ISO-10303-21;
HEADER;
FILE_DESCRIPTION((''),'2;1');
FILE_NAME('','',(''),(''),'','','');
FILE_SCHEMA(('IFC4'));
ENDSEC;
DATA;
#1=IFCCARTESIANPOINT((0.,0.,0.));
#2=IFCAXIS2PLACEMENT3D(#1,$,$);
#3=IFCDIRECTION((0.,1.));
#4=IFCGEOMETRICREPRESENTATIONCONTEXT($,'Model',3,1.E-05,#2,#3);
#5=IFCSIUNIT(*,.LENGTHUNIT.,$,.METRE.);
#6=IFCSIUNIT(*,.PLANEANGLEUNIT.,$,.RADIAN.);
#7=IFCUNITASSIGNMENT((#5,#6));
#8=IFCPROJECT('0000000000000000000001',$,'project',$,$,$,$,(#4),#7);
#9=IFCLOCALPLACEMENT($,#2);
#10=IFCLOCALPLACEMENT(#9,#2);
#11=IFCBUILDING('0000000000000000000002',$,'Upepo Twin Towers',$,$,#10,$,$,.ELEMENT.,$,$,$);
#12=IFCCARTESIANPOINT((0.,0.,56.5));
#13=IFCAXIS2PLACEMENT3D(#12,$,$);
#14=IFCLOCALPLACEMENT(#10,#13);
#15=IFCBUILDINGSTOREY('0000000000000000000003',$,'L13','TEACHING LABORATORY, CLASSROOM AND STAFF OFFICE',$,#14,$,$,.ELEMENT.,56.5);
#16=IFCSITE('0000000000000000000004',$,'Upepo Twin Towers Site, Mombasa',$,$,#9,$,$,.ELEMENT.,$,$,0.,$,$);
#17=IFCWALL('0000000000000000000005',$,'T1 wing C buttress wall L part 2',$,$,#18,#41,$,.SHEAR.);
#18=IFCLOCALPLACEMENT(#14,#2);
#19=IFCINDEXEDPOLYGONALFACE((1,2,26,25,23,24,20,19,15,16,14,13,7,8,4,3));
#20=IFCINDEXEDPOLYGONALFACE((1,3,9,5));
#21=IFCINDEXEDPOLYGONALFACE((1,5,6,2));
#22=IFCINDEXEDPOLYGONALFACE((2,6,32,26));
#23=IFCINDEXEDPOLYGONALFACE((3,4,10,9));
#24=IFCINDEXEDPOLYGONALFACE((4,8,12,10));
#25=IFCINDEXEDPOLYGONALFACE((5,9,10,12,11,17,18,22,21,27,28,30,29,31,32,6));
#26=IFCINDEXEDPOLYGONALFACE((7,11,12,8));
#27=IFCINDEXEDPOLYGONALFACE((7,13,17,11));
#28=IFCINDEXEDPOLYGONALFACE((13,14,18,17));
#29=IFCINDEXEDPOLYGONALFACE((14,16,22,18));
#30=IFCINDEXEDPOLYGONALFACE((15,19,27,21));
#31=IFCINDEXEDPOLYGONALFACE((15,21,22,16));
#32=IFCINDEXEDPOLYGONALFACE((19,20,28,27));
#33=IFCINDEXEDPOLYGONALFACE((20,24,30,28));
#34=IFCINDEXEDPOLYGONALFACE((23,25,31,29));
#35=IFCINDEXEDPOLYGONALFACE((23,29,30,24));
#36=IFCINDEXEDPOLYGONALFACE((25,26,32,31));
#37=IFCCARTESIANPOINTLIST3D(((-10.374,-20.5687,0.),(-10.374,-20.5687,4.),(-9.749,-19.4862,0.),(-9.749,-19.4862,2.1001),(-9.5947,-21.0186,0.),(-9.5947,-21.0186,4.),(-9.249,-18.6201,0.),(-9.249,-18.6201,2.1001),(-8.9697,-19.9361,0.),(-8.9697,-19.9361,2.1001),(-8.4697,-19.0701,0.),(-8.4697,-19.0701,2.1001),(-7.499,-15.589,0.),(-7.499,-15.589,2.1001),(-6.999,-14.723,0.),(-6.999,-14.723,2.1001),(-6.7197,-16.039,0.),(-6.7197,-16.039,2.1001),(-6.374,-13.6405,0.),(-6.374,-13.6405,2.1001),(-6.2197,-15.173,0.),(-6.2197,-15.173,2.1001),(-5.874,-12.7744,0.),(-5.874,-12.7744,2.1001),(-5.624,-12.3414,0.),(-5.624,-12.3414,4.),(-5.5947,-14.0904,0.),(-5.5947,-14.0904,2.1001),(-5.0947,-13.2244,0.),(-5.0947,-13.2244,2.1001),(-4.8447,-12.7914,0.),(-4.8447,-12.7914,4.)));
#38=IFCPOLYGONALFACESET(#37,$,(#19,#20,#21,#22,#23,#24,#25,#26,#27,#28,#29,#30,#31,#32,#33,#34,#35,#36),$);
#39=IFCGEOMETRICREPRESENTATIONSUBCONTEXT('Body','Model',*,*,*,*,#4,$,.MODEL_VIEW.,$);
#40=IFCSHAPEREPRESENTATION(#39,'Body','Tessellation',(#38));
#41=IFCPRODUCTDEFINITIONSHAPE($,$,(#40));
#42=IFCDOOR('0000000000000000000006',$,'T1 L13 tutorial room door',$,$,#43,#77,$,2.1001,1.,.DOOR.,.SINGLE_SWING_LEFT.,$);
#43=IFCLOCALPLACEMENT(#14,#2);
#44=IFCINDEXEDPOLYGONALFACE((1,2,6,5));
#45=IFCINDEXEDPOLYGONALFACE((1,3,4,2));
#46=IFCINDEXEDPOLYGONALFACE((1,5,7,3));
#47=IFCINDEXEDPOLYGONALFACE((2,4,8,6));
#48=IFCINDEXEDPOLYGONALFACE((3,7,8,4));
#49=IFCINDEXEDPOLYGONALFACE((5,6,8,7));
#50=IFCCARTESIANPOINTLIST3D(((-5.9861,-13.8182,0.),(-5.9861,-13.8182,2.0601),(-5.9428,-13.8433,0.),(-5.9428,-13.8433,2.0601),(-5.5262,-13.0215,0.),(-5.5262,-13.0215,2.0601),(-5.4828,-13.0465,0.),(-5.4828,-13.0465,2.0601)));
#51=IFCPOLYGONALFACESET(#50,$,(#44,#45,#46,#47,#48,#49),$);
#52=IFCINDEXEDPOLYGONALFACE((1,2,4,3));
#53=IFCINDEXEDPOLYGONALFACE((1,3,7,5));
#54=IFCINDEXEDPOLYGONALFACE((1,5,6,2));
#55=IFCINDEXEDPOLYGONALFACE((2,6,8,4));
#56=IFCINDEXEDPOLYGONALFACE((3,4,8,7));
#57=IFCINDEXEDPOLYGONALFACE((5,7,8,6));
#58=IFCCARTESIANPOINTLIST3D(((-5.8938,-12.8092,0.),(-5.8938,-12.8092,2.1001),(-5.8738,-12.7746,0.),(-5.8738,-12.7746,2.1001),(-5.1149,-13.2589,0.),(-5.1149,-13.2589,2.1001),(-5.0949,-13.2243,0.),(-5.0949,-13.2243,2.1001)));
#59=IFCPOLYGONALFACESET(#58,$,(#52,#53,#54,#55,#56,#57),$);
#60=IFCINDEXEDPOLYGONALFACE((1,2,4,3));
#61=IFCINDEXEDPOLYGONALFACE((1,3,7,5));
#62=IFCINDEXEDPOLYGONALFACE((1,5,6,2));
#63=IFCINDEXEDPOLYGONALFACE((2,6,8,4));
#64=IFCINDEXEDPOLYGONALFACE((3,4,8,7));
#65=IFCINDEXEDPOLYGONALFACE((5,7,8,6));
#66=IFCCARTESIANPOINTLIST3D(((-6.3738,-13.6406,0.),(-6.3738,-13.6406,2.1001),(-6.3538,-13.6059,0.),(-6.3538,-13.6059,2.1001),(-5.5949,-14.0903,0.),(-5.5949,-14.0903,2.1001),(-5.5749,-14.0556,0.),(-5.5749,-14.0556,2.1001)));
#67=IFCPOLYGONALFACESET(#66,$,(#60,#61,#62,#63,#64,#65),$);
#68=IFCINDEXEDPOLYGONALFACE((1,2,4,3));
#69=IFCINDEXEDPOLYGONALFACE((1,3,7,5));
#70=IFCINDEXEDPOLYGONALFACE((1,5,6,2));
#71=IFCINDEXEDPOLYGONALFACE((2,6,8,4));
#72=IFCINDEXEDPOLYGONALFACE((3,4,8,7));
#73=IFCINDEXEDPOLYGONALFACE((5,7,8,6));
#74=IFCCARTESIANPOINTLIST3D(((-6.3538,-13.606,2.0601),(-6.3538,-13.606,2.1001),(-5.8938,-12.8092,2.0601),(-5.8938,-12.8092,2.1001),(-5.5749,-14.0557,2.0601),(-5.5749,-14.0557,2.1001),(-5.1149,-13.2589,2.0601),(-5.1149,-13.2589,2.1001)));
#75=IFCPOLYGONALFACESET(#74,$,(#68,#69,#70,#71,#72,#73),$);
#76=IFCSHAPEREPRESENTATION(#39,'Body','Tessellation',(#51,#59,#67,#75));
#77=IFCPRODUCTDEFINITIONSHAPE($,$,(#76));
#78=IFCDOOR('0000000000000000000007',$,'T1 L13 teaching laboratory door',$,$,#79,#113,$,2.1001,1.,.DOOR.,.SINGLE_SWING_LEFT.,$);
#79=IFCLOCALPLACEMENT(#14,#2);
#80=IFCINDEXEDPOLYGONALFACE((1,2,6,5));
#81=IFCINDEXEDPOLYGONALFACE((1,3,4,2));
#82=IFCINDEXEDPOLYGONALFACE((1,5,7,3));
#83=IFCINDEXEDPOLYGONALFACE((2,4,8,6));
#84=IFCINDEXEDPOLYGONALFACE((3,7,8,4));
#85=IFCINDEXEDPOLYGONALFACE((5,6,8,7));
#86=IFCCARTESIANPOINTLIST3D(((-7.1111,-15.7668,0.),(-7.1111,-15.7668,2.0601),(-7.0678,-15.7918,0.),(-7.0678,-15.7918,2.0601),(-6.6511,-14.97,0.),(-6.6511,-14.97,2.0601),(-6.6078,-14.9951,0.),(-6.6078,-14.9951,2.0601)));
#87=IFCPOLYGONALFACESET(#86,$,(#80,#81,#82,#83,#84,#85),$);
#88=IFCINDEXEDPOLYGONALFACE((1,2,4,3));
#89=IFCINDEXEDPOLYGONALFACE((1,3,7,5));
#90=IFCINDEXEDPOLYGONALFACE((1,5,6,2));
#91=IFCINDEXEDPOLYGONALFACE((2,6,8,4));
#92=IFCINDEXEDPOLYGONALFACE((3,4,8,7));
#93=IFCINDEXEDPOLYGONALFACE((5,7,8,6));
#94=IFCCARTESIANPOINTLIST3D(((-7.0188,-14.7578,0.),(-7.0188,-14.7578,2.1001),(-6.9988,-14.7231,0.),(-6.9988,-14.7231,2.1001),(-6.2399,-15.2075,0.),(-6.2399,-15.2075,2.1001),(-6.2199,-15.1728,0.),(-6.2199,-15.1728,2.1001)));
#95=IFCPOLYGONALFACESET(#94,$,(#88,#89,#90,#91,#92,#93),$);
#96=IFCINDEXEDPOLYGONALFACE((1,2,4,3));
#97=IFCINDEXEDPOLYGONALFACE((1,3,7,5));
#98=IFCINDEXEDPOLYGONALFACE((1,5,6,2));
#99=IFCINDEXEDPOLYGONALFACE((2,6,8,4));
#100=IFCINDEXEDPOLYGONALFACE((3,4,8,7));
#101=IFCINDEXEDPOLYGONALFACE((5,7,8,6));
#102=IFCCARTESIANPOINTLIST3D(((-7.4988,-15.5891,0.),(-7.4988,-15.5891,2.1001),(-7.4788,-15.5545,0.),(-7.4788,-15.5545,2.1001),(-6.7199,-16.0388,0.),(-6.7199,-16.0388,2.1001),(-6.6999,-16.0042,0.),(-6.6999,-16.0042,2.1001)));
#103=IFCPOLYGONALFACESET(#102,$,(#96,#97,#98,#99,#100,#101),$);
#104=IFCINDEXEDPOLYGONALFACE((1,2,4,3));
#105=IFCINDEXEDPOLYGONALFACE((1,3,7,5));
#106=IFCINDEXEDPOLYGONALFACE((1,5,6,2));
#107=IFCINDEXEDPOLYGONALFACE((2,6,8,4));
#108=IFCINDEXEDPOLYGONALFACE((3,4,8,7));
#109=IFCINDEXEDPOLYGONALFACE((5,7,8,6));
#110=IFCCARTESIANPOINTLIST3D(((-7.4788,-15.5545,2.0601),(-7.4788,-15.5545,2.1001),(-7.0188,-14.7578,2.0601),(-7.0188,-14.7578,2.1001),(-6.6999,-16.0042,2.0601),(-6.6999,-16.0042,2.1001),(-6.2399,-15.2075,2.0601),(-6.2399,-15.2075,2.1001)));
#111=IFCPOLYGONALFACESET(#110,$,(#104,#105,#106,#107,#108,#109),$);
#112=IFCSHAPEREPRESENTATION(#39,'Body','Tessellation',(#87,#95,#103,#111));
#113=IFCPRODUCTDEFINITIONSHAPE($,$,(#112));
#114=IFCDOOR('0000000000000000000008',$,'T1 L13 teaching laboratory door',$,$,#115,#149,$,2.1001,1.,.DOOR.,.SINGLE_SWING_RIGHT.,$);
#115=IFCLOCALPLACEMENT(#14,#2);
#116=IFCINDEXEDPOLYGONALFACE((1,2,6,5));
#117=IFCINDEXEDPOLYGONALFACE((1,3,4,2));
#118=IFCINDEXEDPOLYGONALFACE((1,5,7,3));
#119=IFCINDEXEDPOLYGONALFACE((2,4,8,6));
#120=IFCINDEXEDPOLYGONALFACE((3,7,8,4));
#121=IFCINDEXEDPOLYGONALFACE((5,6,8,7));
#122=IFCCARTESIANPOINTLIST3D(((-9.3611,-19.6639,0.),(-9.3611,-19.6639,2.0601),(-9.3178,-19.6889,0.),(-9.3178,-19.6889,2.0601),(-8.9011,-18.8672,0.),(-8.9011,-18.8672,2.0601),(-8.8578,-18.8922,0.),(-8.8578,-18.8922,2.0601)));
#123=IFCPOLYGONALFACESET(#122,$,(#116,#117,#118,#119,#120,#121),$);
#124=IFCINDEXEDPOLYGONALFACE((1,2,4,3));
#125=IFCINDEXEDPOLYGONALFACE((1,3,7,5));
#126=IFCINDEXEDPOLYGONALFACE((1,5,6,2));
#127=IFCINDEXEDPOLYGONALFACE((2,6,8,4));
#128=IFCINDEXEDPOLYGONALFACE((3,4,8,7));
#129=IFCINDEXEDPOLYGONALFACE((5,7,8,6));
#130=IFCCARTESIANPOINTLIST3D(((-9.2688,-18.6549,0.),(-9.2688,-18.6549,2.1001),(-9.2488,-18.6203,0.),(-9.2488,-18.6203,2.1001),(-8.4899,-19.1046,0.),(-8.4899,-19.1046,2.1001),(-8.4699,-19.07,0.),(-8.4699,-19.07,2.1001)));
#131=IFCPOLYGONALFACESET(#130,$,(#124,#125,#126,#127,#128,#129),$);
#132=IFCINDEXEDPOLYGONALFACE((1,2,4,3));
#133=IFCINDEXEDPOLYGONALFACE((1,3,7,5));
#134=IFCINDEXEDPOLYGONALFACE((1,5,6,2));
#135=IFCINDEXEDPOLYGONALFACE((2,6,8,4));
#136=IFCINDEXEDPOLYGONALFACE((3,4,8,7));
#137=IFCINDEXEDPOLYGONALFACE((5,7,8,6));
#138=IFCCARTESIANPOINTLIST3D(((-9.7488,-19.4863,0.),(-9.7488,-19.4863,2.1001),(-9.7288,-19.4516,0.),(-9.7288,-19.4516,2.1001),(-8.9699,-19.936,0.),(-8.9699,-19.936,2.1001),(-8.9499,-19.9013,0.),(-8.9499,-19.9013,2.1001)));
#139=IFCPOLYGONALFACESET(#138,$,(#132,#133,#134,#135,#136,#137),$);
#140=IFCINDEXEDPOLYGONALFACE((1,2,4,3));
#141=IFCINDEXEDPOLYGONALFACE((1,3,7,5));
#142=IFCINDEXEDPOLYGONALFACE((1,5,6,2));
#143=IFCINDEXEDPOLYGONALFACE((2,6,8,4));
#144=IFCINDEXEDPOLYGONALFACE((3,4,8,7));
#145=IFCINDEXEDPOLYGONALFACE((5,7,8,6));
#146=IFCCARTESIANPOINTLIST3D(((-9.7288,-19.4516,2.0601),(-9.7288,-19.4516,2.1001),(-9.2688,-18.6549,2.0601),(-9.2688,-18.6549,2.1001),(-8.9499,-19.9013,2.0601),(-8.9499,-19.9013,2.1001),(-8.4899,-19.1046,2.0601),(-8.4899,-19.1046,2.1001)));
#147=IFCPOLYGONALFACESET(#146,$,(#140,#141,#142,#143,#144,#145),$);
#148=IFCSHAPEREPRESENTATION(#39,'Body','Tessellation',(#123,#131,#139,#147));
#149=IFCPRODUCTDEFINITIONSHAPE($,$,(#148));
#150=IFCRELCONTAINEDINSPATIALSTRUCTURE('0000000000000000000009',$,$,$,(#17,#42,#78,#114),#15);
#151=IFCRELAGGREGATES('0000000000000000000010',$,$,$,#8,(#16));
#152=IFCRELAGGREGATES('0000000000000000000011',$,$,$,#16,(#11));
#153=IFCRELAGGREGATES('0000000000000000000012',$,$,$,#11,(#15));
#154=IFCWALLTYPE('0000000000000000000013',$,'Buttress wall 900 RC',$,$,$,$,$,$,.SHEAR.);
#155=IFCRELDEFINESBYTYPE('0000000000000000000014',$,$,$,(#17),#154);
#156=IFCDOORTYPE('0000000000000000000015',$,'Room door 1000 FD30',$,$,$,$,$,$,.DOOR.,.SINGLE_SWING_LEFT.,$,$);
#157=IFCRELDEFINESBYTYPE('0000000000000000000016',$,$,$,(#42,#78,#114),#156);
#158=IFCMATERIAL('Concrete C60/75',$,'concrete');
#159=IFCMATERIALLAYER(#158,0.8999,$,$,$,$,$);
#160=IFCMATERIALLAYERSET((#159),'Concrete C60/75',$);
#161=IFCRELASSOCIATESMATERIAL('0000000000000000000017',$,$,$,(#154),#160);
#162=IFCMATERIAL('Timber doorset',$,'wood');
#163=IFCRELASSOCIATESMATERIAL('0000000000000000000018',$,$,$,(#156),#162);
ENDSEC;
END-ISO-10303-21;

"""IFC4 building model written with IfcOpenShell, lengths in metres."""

from ifc_helpers import new_model, si_unit, direction, frame, frame_2d, origin, place, context, subcontext, project, spatial, rectangle, extrude, material, layer, layer_set, type_object, element, fill, save


model = new_model("IFC4")

# Units and contexts
model_context = context("Model", 3, precision=1e-05, world=origin(), true_north=direction((0.0, 1.0)))
body_context = subcontext(model_context, "Body", "Model", "MODEL_VIEW")
ifc_project = project(units=[si_unit("LENGTHUNIT", "METRE"), si_unit("PLANEANGLEUNIT", "RADIAN")], contexts=[model_context])

# Site, building, storey
site_placement = place(None, origin())
site = spatial("IfcSite", under=ifc_project, at=site_placement, Name="Upepo Twin Towers Site, Mombasa", CompositionType="ELEMENT", RefElevation=0.0)
building_placement = place(site_placement, origin())
building = spatial("IfcBuilding", under=site, at=building_placement, Name="Upepo Twin Towers", CompositionType="ELEMENT")
storey_placement = place(building_placement, frame((0.0, 0.0, 56.5)))
storey = spatial("IfcBuildingStorey", under=building, at=storey_placement, Name="L13", Description="TEACHING LABORATORY, CLASSROOM AND STAFF OFFICE", CompositionType="ELEMENT", Elevation=56.5)

# Wall, openings, doors
ifc_material_1 = material(Name="Concrete C60/75", Category="concrete")
ifc_layer_1 = layer(ifc_material_1, 0.8999)
ifc_layer_set_1 = layer_set([ifc_layer_1], Name="Concrete C60/75")
wall_type_1 = type_object("IfcWallType", Name="Buttress wall 900 RC", PredefinedType="SHEAR", material=ifc_layer_set_1)
wall_1_placement = place(storey_placement, frame((-5.2344, -12.5664, 0.0), z_axis=(0.0, 0.0, 1.0), x_axis=(-0.499998, -0.866027, 0.0)))
wall_1 = element("IfcWall", 1, at=wall_1_placement, inside=storey, type_object=wall_type_1, Name="T1 wing C buttress wall L part 2", PredefinedType="SHEAR", context=body_context, shape_type="SweptSolid", body=[
    extrude(rectangle(XDim=9.5, YDim=0.8999, at=frame_2d((4.75, 0.0))), origin(), (0.0, 0.0, 1.0), 4.0),
])
opening_1_placement = place(wall_1_placement, frame((0.5, 0.0, 0.0)))
opening_1 = element("IfcOpeningElement", 2, at=opening_1_placement, cuts=wall_1, PredefinedType="OPENING", context=body_context, shape_type="SweptSolid", body=[
    extrude(rectangle(XDim=1.0, YDim=2.1001, at=frame_2d((0.5, 1.05))), frame((0.0, 0.46, 0.0), z_axis=(0.0, -1.0, 0.0), x_axis=(1.0, 0.0, 0.0)), (0.0, 0.0, 1.0), 0.9199),
])
opening_2_placement = place(wall_1_placement, frame((2.75, 0.0, 0.0)))
opening_2 = element("IfcOpeningElement", 3, at=opening_2_placement, cuts=wall_1, PredefinedType="OPENING", context=body_context, shape_type="SweptSolid", body=[
    extrude(rectangle(XDim=1.0, YDim=2.1001, at=frame_2d((0.5, 1.05))), frame((0.0, 0.46, 0.0), z_axis=(0.0, -1.0, 0.0), x_axis=(1.0, 0.0, 0.0)), (0.0, 0.0, 1.0), 0.9199),
])
opening_3_placement = place(wall_1_placement, frame((7.25, 0.0, 0.0)))
opening_3 = element("IfcOpeningElement", 4, at=opening_3_placement, cuts=wall_1, PredefinedType="OPENING", context=body_context, shape_type="SweptSolid", body=[
    extrude(rectangle(XDim=1.0, YDim=2.1001, at=frame_2d((0.5, 1.05))), frame((0.0, 0.46, 0.0), z_axis=(0.0, -1.0, 0.0), x_axis=(1.0, 0.0, 0.0)), (0.0, 0.0, 1.0), 0.9199),
])
ifc_material_2 = material(Name="Timber doorset", Category="wood")
door_type = type_object("IfcDoorType", Name="Room door 1000 FD30", OperationType="SINGLE_SWING_LEFT", PredefinedType="DOOR", material=ifc_material_2)
door_1_placement = place(opening_1_placement, origin())
door_1 = element("IfcDoor", 5, at=door_1_placement, inside=storey, type_object=door_type, Name="T1 L13 tutorial room door", OperationType="SINGLE_SWING_LEFT", OverallHeight=2.1001, OverallWidth=1.0, PredefinedType="DOOR", context=body_context, shape_type="SweptSolid", body=[
    extrude(rectangle(XDim=0.92, YDim=2.0601, at=frame_2d((0.5, 1.03))), frame((0.0, 0.0249, 0.0), z_axis=(0.0, -1.0, 0.0), x_axis=(1.0, 0.0, 0.0)), (0.0, 0.0, 1.0), 0.05),
    extrude(rectangle(XDim=0.04, YDim=2.1001, at=frame_2d((0.02, 1.05))), frame((0.0, 0.4497, 0.0), z_axis=(0.0, -1.0, 0.0), x_axis=(1.0, 0.0, 0.0)), (0.0, 0.0, 1.0), 0.8994),
    extrude(rectangle(XDim=0.04, YDim=2.1001, at=frame_2d((0.98, 1.05))), frame((0.0, 0.4497, 0.0), z_axis=(0.0, -1.0, 0.0), x_axis=(1.0, 0.0, 0.0)), (0.0, 0.0, 1.0), 0.8994),
    extrude(rectangle(XDim=0.92, YDim=0.04, at=frame_2d((0.5, 2.0801))), frame((0.0, 0.4497, 0.0), z_axis=(0.0, -1.0, 0.0), x_axis=(1.0, 0.0, 0.0)), (0.0, 0.0, 1.0), 0.8994),
])
fill(opening_1, door_1)
door_2_placement = place(opening_2_placement, origin())
door_2 = element("IfcDoor", 6, at=door_2_placement, inside=storey, type_object=door_type, Name="T1 L13 teaching laboratory door", OperationType="SINGLE_SWING_LEFT", OverallHeight=2.1001, OverallWidth=1.0, PredefinedType="DOOR", context=body_context, shape_type="SweptSolid", body=[
    extrude(rectangle(XDim=0.92, YDim=2.0601, at=frame_2d((0.5, 1.03))), frame((0.0, 0.0249, 0.0), z_axis=(0.0, -1.0, 0.0), x_axis=(1.0, 0.0, 0.0)), (0.0, 0.0, 1.0), 0.05),
    extrude(rectangle(XDim=0.04, YDim=2.1001, at=frame_2d((0.02, 1.05))), frame((0.0, 0.4497, 0.0), z_axis=(0.0, -1.0, 0.0), x_axis=(1.0, 0.0, 0.0)), (0.0, 0.0, 1.0), 0.8994),
    extrude(rectangle(XDim=0.04, YDim=2.1001, at=frame_2d((0.98, 1.05))), frame((0.0, 0.4497, 0.0), z_axis=(0.0, -1.0, 0.0), x_axis=(1.0, 0.0, 0.0)), (0.0, 0.0, 1.0), 0.8994),
    extrude(rectangle(XDim=0.92, YDim=0.04, at=frame_2d((0.5, 2.0801))), frame((0.0, 0.4497, 0.0), z_axis=(0.0, -1.0, 0.0), x_axis=(1.0, 0.0, 0.0)), (0.0, 0.0, 1.0), 0.8994),
])
fill(opening_2, door_2)
door_3_placement = place(opening_3_placement, origin())
door_3 = element("IfcDoor", 7, at=door_3_placement, inside=storey, type_object=door_type, Name="T1 L13 teaching laboratory door", OperationType="SINGLE_SWING_RIGHT", OverallHeight=2.1001, OverallWidth=1.0, PredefinedType="DOOR", context=body_context, shape_type="SweptSolid", body=[
    extrude(rectangle(XDim=0.92, YDim=2.0601, at=frame_2d((0.5, 1.03))), frame((0.0, 0.0249, 0.0), z_axis=(0.0, -1.0, 0.0), x_axis=(1.0, 0.0, 0.0)), (0.0, 0.0, 1.0), 0.05),
    extrude(rectangle(XDim=0.04, YDim=2.1001, at=frame_2d((0.02, 1.05))), frame((0.0, 0.4497, 0.0), z_axis=(0.0, -1.0, 0.0), x_axis=(1.0, 0.0, 0.0)), (0.0, 0.0, 1.0), 0.8994),
    extrude(rectangle(XDim=0.04, YDim=2.1001, at=frame_2d((0.98, 1.05))), frame((0.0, 0.4497, 0.0), z_axis=(0.0, -1.0, 0.0), x_axis=(1.0, 0.0, 0.0)), (0.0, 0.0, 1.0), 0.8994),
    extrude(rectangle(XDim=0.92, YDim=0.04, at=frame_2d((0.5, 2.0801))), frame((0.0, 0.4497, 0.0), z_axis=(0.0, -1.0, 0.0), x_axis=(1.0, 0.0, 0.0)), (0.0, 0.0, 1.0), 0.8994),
])
fill(opening_3, door_3)

save(model, "model.ifc")
